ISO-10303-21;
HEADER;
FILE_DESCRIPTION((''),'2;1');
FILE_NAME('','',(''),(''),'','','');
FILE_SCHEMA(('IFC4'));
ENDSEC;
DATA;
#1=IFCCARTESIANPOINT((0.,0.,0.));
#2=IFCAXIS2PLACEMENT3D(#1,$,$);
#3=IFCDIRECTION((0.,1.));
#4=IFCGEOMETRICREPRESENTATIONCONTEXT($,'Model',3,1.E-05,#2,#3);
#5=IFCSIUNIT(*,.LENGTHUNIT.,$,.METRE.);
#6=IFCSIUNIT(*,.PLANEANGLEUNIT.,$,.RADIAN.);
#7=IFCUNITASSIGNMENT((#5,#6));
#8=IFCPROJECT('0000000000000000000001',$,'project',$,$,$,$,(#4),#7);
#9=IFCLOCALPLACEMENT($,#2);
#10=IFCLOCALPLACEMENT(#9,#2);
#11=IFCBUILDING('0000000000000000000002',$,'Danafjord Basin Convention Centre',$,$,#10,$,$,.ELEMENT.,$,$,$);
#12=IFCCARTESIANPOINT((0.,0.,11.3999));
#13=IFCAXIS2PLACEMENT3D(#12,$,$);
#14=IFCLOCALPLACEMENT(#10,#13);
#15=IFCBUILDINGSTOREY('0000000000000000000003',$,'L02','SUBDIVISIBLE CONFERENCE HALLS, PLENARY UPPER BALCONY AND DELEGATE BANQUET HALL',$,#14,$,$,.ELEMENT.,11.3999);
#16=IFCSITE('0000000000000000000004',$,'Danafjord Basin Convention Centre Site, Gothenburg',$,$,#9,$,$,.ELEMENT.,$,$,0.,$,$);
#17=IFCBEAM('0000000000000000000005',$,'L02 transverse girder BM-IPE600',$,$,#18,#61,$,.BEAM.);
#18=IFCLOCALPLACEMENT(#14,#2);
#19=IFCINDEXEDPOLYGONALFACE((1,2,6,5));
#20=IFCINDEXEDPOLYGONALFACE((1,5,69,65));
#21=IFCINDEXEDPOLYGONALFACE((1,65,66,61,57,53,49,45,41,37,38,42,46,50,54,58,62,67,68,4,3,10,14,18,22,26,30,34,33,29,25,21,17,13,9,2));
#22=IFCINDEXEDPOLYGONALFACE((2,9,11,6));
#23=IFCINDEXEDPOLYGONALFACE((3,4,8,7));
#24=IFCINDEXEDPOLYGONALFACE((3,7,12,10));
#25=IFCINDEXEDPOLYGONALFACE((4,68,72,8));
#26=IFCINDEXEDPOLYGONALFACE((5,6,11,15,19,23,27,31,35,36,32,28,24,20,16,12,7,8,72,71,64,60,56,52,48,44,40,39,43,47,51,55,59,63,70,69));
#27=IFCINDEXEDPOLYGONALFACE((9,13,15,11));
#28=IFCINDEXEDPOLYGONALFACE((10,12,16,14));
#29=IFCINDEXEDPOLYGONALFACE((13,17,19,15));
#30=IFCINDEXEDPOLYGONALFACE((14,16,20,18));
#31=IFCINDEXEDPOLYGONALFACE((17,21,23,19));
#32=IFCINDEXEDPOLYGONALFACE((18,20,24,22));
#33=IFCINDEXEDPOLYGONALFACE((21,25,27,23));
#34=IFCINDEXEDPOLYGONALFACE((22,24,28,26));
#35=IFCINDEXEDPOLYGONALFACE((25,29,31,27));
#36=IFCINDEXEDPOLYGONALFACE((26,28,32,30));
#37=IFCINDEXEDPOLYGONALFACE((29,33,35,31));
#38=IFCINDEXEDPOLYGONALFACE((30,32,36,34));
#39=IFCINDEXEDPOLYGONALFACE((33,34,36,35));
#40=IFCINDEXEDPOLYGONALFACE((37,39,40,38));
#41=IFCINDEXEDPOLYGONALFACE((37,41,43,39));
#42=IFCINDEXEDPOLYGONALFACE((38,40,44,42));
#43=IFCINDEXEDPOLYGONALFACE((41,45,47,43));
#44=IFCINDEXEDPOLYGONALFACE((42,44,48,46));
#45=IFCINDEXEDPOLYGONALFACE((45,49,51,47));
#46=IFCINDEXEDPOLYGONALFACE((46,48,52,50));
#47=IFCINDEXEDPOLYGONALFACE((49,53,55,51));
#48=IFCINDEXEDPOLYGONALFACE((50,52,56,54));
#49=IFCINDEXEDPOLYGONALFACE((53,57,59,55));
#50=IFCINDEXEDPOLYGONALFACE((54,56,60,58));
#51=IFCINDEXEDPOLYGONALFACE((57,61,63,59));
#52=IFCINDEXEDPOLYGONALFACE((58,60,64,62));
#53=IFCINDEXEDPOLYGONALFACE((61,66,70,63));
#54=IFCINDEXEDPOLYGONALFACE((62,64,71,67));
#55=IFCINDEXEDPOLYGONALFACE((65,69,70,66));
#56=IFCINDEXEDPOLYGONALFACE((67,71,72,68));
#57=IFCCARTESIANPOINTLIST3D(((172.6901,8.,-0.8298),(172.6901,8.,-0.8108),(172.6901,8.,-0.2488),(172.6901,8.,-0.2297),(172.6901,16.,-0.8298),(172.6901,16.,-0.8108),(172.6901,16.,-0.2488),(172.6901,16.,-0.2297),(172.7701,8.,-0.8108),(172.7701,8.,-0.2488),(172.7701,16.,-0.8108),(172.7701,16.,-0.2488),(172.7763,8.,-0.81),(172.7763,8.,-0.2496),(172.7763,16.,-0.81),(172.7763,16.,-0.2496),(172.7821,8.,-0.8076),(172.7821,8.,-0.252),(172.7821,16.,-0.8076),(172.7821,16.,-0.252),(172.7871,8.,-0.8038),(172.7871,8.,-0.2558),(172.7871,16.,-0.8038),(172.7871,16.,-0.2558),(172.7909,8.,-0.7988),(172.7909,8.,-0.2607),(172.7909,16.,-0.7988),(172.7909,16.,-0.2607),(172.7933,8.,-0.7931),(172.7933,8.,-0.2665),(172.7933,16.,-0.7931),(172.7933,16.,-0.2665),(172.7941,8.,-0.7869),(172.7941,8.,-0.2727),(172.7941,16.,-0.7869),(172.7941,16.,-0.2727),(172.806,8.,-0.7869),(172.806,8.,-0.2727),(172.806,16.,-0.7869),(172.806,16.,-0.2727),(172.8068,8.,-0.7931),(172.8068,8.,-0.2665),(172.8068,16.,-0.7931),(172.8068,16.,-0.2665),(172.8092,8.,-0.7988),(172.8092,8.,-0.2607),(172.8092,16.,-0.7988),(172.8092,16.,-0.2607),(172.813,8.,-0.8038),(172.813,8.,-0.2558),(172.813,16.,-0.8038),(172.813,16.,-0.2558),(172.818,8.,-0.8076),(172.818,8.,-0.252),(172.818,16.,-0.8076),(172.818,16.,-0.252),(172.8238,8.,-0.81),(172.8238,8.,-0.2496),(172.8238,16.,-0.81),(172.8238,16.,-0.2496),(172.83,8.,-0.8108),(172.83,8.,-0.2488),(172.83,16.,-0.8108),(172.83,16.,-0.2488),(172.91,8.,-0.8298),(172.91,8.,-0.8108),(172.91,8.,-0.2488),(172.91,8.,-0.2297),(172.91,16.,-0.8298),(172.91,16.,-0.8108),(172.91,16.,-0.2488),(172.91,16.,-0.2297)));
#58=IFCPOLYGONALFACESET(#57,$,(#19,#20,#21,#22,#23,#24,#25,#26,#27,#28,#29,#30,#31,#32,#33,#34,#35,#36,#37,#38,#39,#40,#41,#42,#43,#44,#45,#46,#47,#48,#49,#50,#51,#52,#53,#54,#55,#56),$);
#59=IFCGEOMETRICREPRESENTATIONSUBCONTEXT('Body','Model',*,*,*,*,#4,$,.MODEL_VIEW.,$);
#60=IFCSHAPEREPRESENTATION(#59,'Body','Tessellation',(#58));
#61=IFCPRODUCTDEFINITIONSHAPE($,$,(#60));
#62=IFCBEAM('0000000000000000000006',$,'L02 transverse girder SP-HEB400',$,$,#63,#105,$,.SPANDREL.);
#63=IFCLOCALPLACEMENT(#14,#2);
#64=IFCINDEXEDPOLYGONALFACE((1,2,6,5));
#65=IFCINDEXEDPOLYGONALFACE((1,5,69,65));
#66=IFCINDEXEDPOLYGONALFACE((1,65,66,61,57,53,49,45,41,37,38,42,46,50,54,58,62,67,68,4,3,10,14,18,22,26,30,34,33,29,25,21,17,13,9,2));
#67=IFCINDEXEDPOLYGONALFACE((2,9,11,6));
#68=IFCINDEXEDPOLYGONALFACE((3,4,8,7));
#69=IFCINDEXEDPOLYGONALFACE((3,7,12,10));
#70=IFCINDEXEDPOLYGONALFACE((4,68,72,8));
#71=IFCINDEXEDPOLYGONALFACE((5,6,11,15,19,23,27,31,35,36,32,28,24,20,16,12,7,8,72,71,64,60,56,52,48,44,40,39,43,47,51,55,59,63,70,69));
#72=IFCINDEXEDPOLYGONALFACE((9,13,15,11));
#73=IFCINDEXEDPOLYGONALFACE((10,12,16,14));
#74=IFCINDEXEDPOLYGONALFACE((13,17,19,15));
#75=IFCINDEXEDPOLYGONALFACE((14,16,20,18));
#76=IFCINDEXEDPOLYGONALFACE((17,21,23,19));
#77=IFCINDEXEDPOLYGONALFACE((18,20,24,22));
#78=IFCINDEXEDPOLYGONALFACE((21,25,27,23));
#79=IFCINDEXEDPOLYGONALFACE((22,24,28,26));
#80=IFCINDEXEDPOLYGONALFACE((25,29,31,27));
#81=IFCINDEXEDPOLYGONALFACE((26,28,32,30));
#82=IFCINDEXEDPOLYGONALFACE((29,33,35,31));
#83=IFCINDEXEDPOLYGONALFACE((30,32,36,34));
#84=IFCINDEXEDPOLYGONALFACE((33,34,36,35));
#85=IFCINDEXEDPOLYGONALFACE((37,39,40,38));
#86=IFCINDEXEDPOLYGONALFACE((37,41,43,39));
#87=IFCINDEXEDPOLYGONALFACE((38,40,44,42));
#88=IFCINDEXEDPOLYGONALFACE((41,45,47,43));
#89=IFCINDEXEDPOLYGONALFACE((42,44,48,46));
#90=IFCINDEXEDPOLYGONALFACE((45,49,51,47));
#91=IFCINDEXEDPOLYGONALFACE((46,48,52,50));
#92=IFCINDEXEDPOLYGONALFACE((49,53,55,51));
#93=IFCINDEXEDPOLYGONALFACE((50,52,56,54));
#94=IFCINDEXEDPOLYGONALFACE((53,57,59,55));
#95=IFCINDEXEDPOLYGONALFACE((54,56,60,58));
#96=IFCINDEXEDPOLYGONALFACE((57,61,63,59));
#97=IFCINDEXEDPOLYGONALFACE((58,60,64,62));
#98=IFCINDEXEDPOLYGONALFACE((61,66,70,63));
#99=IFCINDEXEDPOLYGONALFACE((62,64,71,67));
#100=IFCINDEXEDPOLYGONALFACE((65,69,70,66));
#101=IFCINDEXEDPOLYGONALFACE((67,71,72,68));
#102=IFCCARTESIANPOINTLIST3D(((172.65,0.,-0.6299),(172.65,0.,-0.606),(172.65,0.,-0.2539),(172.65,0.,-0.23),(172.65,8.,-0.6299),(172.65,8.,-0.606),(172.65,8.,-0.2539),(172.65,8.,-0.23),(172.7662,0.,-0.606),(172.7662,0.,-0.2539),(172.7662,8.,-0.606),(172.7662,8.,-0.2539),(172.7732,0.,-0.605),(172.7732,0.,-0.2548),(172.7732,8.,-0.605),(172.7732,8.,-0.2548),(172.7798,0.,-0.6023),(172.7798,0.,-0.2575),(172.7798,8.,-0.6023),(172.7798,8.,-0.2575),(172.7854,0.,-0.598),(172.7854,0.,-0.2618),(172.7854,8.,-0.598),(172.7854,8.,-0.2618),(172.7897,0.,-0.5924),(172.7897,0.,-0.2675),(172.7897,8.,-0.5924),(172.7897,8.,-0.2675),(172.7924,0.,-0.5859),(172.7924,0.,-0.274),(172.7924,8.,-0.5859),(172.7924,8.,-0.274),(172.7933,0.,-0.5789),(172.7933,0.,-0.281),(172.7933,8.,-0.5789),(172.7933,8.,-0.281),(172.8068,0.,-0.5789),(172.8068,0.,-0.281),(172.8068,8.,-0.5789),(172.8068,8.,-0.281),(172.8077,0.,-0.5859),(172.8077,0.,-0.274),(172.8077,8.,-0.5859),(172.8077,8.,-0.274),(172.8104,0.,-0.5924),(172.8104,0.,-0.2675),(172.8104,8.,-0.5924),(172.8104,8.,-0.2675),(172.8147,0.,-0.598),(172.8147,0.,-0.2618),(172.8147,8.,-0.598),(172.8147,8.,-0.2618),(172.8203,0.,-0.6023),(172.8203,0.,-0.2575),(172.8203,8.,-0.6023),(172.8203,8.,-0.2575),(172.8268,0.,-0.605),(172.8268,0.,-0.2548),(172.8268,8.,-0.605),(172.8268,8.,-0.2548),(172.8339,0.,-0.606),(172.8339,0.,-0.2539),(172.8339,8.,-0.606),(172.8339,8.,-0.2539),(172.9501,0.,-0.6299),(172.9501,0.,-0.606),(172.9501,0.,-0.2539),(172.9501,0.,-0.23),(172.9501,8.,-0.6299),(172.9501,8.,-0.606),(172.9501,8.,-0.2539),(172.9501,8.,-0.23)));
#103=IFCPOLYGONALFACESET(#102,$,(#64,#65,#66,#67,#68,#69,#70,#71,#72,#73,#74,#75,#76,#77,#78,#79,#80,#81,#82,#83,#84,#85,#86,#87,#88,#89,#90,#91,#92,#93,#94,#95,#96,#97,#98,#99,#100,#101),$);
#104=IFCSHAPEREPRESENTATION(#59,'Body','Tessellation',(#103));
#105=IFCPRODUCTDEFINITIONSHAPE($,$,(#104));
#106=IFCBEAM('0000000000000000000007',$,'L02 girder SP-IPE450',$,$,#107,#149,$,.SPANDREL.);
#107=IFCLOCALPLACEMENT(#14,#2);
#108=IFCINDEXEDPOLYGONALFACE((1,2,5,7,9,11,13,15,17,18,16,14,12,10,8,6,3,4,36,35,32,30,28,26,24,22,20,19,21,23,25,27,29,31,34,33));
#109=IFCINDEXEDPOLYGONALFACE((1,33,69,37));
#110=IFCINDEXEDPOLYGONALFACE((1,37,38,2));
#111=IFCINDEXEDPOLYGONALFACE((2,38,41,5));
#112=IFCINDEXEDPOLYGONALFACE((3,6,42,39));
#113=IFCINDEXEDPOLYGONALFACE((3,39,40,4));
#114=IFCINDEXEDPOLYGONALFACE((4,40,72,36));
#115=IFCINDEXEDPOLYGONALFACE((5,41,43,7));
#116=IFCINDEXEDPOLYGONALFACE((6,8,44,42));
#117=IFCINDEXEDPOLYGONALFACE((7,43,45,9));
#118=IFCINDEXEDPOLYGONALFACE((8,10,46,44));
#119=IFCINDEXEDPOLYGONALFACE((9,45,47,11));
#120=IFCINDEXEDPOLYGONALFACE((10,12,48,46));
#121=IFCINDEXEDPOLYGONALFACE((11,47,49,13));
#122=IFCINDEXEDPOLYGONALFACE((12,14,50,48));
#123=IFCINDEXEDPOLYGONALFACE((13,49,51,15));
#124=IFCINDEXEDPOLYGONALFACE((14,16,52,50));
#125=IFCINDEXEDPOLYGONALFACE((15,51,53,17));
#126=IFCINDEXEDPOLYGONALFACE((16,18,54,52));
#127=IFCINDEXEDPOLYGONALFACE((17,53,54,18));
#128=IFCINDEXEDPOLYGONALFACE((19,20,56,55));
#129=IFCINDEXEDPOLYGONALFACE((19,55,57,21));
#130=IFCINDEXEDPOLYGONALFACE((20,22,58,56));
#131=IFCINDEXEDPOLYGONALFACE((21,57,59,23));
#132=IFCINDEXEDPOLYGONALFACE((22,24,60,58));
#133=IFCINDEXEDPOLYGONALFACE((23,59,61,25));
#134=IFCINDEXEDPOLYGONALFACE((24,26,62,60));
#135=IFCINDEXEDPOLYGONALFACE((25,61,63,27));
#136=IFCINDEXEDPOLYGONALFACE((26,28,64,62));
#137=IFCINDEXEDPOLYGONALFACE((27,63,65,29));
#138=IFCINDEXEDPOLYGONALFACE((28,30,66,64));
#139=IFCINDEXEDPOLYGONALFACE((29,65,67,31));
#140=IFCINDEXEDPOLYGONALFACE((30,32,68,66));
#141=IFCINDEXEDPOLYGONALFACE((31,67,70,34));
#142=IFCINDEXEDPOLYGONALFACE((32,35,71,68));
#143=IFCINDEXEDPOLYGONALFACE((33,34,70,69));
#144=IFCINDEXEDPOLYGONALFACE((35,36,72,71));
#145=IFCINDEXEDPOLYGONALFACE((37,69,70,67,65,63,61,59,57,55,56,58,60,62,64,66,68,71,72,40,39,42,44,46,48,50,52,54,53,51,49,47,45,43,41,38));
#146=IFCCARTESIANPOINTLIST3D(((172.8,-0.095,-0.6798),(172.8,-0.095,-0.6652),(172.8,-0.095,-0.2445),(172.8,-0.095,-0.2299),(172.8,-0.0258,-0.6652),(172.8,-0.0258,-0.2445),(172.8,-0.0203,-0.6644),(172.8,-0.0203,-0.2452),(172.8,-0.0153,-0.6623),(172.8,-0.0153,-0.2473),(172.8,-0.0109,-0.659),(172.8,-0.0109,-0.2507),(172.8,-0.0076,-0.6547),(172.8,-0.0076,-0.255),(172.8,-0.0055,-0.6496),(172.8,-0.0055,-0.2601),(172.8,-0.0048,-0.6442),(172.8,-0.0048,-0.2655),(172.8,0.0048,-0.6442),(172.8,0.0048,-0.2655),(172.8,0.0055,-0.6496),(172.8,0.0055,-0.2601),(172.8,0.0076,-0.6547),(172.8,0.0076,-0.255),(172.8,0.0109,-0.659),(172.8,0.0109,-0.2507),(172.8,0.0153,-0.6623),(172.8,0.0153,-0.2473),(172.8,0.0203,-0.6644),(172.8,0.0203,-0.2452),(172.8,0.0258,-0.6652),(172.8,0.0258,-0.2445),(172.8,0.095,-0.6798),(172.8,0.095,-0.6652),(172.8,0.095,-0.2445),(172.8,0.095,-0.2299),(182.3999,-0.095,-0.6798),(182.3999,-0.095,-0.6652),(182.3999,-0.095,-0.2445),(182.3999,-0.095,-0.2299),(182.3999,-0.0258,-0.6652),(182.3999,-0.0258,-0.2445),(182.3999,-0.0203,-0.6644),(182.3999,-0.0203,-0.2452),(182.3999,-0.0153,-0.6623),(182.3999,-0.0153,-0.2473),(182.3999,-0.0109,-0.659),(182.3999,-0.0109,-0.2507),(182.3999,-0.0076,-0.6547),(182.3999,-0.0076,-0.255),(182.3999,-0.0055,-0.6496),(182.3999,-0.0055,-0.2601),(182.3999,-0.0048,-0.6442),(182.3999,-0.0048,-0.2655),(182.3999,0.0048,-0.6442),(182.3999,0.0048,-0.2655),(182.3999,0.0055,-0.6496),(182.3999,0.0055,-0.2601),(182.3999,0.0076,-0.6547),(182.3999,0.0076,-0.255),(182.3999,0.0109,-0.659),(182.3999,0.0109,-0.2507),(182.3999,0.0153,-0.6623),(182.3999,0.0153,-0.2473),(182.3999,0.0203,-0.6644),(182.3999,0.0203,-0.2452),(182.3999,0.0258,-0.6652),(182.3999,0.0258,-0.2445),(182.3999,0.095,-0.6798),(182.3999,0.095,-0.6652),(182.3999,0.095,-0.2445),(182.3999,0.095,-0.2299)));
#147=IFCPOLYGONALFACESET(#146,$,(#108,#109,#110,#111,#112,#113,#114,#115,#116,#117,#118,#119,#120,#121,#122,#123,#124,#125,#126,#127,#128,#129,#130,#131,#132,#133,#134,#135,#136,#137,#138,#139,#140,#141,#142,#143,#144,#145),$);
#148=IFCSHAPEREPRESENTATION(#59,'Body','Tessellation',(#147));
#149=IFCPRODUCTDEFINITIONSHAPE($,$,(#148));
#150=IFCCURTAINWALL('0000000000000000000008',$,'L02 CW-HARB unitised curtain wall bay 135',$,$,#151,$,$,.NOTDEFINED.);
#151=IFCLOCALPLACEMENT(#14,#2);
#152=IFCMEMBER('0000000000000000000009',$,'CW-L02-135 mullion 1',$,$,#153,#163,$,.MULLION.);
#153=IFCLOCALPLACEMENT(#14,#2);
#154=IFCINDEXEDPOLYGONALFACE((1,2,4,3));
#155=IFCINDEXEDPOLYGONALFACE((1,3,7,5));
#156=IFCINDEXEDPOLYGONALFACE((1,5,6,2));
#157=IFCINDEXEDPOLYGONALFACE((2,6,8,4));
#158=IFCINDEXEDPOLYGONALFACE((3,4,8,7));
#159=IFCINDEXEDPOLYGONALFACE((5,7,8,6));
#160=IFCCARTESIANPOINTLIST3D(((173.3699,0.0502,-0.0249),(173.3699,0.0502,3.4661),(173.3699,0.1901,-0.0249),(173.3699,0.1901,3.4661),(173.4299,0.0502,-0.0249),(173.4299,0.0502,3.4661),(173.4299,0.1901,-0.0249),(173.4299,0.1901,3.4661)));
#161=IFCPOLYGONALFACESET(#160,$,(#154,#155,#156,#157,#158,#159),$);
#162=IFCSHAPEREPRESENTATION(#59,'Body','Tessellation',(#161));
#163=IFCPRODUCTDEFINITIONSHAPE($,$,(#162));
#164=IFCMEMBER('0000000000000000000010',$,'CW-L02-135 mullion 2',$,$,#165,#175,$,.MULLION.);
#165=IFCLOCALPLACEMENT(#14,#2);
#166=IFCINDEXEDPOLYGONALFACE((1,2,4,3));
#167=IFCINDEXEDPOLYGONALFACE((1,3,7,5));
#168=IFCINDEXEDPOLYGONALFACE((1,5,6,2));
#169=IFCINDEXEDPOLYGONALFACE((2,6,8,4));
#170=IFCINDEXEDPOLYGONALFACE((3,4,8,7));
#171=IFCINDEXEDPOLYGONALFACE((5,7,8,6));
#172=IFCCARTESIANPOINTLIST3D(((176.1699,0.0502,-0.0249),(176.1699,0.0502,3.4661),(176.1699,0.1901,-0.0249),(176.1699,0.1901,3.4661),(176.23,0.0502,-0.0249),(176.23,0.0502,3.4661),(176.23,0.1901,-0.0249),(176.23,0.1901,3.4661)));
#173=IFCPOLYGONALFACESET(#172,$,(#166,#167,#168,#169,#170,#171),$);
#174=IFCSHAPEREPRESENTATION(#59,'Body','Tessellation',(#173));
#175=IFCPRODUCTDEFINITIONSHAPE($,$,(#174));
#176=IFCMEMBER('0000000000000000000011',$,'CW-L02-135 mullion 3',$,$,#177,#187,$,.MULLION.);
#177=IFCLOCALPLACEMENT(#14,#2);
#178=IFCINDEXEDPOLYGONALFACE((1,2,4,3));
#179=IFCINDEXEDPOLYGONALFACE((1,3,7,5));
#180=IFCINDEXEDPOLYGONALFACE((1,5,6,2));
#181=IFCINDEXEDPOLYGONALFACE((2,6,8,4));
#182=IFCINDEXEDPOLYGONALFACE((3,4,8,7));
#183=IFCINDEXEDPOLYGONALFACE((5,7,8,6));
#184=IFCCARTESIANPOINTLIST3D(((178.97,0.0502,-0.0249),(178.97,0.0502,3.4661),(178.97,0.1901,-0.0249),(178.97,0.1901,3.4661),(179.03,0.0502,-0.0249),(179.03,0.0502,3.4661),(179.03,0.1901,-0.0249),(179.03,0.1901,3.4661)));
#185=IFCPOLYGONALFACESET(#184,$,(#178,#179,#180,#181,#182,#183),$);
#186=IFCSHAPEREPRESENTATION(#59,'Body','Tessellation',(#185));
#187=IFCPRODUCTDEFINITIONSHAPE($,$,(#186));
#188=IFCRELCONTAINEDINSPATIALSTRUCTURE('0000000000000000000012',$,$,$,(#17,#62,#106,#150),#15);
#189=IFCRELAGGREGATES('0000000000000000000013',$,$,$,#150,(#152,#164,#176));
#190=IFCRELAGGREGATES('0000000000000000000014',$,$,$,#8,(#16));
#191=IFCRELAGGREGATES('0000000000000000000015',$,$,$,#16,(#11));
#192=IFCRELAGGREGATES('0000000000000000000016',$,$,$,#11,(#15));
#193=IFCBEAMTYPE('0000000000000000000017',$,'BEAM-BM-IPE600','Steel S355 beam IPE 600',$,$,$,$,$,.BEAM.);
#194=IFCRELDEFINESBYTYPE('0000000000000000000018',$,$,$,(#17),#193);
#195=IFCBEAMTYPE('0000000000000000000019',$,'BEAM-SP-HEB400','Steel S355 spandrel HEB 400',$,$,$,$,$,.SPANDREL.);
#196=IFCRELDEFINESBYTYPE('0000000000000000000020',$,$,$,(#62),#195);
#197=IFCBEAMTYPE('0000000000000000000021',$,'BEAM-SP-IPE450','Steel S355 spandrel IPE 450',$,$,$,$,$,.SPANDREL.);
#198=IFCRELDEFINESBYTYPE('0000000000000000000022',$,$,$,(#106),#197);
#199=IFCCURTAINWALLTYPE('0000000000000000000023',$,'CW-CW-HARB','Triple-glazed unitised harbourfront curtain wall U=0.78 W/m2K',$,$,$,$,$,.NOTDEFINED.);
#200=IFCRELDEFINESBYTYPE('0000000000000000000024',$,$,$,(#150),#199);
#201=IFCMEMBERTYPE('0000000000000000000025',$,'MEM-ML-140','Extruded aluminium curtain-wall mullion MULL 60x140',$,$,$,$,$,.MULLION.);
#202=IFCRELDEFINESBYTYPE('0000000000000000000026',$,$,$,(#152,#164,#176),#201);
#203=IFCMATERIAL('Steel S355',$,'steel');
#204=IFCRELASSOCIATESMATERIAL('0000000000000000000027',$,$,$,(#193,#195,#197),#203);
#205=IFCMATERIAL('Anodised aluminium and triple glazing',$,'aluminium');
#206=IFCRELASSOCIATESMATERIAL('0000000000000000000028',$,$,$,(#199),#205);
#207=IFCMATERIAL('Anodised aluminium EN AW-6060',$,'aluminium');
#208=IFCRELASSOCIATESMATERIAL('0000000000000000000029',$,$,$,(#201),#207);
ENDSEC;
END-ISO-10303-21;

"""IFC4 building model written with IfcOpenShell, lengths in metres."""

from ifc_helpers import new_model, si_unit, direction, frame, origin, origin_2d, place, context, subcontext, project, spatial, rectangle, i_section, extrude, material, material_profile, profile_set, type_object, element, aggregate, save


model = new_model("IFC4")

# Units and contexts
model_context = context("Model", 3, precision=1e-05, world=origin(), true_north=direction((0.0, 1.0)))
body_context = subcontext(model_context, "Body", "Model", "MODEL_VIEW")
ifc_project = project(units=[si_unit("LENGTHUNIT", "METRE"), si_unit("PLANEANGLEUNIT", "RADIAN")], contexts=[model_context])

# Site, building, storey
site_placement = place(None, origin())
site = spatial("IfcSite", under=ifc_project, at=site_placement, Name="Danafjord Basin Convention Centre Site, Gothenburg", CompositionType="ELEMENT", RefElevation=0.0)
building_placement = place(site_placement, origin())
building = spatial("IfcBuilding", under=site, at=building_placement, Name="Danafjord Basin Convention Centre", CompositionType="ELEMENT")
storey_placement = place(building_placement, frame((0.0, 0.0, 11.3999)))
storey = spatial("IfcBuildingStorey", under=building, at=storey_placement, Name="L02", Description="SUBDIVISIBLE CONFERENCE HALLS, PLENARY UPPER BALCONY AND DELEGATE BANQUET HALL", CompositionType="ELEMENT", Elevation=11.3999)

# Shared definitions
ifc_material_1 = material(Name="Steel S355", Category="steel")

# Beams
ifc_material_profile_1 = material_profile(ifc_material_1, i_section(OverallWidth=0.22, OverallDepth=0.6001, WebThickness=0.012, FlangeThickness=0.019, FilletRadius=0.0239, at=origin_2d()), Name="IPE 600")
ifc_profile_set_1 = profile_set([ifc_material_profile_1], Name="Steel S355")
beam_type_1 = type_object("IfcBeamType", Name="BEAM-BM-IPE600", Description="Steel S355 beam IPE 600", PredefinedType="BEAM", material=ifc_profile_set_1)
beam_1_placement = place(storey_placement, frame((172.8, 8.0, -0.5298), z_axis=(0.0, 1.0, 0.0), x_axis=(-1.0, 0.0, 0.0)))
element("IfcBeam", 1, at=beam_1_placement, inside=storey, type_object=beam_type_1, Name="L02 transverse girder BM-IPE600", PredefinedType="BEAM", context=body_context, shape_type="SweptSolid", body=[
    extrude(i_section(OverallWidth=0.22, OverallDepth=0.6001, WebThickness=0.012, FlangeThickness=0.019, FilletRadius=0.0239, at=origin_2d()), origin(), (0.0, 0.0, 1.0), 8.0),
])
ifc_material_profile_2 = material_profile(ifc_material_1, i_section(OverallWidth=0.3, OverallDepth=0.3999, WebThickness=0.0134, FlangeThickness=0.0239, FilletRadius=0.0271, at=origin_2d()), Name="HEB 400")
ifc_profile_set_2 = profile_set([ifc_material_profile_2], Name="Steel S355")
beam_type_2 = type_object("IfcBeamType", Name="BEAM-SP-HEB400", Description="Steel S355 spandrel HEB 400", PredefinedType="SPANDREL", material=ifc_profile_set_2)
beam_2_placement = place(storey_placement, frame((172.8, 0.0, -0.4299), z_axis=(0.0, 1.0, 0.0), x_axis=(-1.0, 0.0, 0.0)))
element("IfcBeam", 2, at=beam_2_placement, inside=storey, type_object=beam_type_2, Name="L02 transverse girder SP-HEB400", PredefinedType="SPANDREL", context=body_context, shape_type="SweptSolid", body=[
    extrude(i_section(OverallWidth=0.3, OverallDepth=0.3999, WebThickness=0.0134, FlangeThickness=0.0239, FilletRadius=0.0271, at=origin_2d()), origin(), (0.0, 0.0, 1.0), 8.0),
])
ifc_material_profile_3 = material_profile(ifc_material_1, i_section(OverallWidth=0.1899, OverallDepth=0.45, WebThickness=0.0095, FlangeThickness=0.0146, FilletRadius=0.021, at=origin_2d()), Name="IPE 450")
ifc_profile_set_3 = profile_set([ifc_material_profile_3], Name="Steel S355")
beam_type_3 = type_object("IfcBeamType", Name="BEAM-SP-IPE450", Description="Steel S355 spandrel IPE 450", PredefinedType="SPANDREL", material=ifc_profile_set_3)
beam_3_placement = place(storey_placement, frame((172.8, 0.0, -0.4548), z_axis=(1.0, 0.0, 0.0), x_axis=(0.0, 1.0, 0.0)))
element("IfcBeam", 3, at=beam_3_placement, inside=storey, type_object=beam_type_3, Name="L02 girder SP-IPE450", PredefinedType="SPANDREL", context=body_context, shape_type="SweptSolid", body=[
    extrude(i_section(OverallWidth=0.1899, OverallDepth=0.45, WebThickness=0.0095, FlangeThickness=0.0146, FilletRadius=0.021, at=origin_2d()), origin(), (0.0, 0.0, 1.0), 9.5999),
])

# Curtain wall, members
ifc_material_2 = material(Name="Anodised aluminium and triple glazing", Category="aluminium")
curtain_wall_type = type_object("IfcCurtainWallType", Name="CW-CW-HARB", Description="Triple-glazed unitised harbourfront curtain wall U=0.78 W/m2K", PredefinedType="NOTDEFINED", material=ifc_material_2)
curtain_wall_placement = place(storey_placement, origin())
curtain_wall = element("IfcCurtainWall", 4, at=curtain_wall_placement, inside=storey, type_object=curtain_wall_type, Name="L02 CW-HARB unitised curtain wall bay 135", PredefinedType="NOTDEFINED")
ifc_material_3 = material(Name="Anodised aluminium EN AW-6060", Category="aluminium")
ifc_material_profile_4 = material_profile(ifc_material_3, rectangle(XDim=0.0601, YDim=0.1399, at=origin_2d()), Name="MULL 60x140")
ifc_profile_set_4 = profile_set([ifc_material_profile_4], Name="Anodised aluminium EN AW-6060")
member_type_1 = type_object("IfcMemberType", Name="MEM-ML-140", Description="Extruded aluminium curtain-wall mullion MULL 60x140", PredefinedType="MULLION", material=ifc_profile_set_4)
member_1_placement = place(storey_placement, frame((173.3999, 0.1201, -0.0249), z_axis=(0.0, 0.0, 1.0), x_axis=(1.0, 0.0, 0.0)))
member_1 = element("IfcMember", 5, at=member_1_placement, type_object=member_type_1, Name="CW-L02-135 mullion 1", PredefinedType="MULLION", context=body_context, shape_type="SweptSolid", body=[
    extrude(rectangle(XDim=0.0601, YDim=0.1399, at=origin_2d()), origin(), (0.0, 0.0, 1.0), 3.491),
])
member_2_placement = place(storey_placement, frame((176.2, 0.1201, -0.0249), z_axis=(0.0, 0.0, 1.0), x_axis=(1.0, 0.0, 0.0)))
member_2 = element("IfcMember", 6, at=member_2_placement, type_object=member_type_1, Name="CW-L02-135 mullion 2", PredefinedType="MULLION", context=body_context, shape_type="SweptSolid", body=[
    extrude(rectangle(XDim=0.0601, YDim=0.1399, at=origin_2d()), origin(), (0.0, 0.0, 1.0), 3.491),
])
member_3_placement = place(storey_placement, frame((179.0, 0.1201, -0.0249), z_axis=(0.0, 0.0, 1.0), x_axis=(1.0, 0.0, 0.0)))
member_3 = element("IfcMember", 7, at=member_3_placement, type_object=member_type_1, Name="CW-L02-135 mullion 3", PredefinedType="MULLION", context=body_context, shape_type="SweptSolid", body=[
    extrude(rectangle(XDim=0.0601, YDim=0.1399, at=origin_2d()), origin(), (0.0, 0.0, 1.0), 3.491),
])
aggregate(curtain_wall, [member_1, member_2, member_3])

save(model, "model.ifc")
